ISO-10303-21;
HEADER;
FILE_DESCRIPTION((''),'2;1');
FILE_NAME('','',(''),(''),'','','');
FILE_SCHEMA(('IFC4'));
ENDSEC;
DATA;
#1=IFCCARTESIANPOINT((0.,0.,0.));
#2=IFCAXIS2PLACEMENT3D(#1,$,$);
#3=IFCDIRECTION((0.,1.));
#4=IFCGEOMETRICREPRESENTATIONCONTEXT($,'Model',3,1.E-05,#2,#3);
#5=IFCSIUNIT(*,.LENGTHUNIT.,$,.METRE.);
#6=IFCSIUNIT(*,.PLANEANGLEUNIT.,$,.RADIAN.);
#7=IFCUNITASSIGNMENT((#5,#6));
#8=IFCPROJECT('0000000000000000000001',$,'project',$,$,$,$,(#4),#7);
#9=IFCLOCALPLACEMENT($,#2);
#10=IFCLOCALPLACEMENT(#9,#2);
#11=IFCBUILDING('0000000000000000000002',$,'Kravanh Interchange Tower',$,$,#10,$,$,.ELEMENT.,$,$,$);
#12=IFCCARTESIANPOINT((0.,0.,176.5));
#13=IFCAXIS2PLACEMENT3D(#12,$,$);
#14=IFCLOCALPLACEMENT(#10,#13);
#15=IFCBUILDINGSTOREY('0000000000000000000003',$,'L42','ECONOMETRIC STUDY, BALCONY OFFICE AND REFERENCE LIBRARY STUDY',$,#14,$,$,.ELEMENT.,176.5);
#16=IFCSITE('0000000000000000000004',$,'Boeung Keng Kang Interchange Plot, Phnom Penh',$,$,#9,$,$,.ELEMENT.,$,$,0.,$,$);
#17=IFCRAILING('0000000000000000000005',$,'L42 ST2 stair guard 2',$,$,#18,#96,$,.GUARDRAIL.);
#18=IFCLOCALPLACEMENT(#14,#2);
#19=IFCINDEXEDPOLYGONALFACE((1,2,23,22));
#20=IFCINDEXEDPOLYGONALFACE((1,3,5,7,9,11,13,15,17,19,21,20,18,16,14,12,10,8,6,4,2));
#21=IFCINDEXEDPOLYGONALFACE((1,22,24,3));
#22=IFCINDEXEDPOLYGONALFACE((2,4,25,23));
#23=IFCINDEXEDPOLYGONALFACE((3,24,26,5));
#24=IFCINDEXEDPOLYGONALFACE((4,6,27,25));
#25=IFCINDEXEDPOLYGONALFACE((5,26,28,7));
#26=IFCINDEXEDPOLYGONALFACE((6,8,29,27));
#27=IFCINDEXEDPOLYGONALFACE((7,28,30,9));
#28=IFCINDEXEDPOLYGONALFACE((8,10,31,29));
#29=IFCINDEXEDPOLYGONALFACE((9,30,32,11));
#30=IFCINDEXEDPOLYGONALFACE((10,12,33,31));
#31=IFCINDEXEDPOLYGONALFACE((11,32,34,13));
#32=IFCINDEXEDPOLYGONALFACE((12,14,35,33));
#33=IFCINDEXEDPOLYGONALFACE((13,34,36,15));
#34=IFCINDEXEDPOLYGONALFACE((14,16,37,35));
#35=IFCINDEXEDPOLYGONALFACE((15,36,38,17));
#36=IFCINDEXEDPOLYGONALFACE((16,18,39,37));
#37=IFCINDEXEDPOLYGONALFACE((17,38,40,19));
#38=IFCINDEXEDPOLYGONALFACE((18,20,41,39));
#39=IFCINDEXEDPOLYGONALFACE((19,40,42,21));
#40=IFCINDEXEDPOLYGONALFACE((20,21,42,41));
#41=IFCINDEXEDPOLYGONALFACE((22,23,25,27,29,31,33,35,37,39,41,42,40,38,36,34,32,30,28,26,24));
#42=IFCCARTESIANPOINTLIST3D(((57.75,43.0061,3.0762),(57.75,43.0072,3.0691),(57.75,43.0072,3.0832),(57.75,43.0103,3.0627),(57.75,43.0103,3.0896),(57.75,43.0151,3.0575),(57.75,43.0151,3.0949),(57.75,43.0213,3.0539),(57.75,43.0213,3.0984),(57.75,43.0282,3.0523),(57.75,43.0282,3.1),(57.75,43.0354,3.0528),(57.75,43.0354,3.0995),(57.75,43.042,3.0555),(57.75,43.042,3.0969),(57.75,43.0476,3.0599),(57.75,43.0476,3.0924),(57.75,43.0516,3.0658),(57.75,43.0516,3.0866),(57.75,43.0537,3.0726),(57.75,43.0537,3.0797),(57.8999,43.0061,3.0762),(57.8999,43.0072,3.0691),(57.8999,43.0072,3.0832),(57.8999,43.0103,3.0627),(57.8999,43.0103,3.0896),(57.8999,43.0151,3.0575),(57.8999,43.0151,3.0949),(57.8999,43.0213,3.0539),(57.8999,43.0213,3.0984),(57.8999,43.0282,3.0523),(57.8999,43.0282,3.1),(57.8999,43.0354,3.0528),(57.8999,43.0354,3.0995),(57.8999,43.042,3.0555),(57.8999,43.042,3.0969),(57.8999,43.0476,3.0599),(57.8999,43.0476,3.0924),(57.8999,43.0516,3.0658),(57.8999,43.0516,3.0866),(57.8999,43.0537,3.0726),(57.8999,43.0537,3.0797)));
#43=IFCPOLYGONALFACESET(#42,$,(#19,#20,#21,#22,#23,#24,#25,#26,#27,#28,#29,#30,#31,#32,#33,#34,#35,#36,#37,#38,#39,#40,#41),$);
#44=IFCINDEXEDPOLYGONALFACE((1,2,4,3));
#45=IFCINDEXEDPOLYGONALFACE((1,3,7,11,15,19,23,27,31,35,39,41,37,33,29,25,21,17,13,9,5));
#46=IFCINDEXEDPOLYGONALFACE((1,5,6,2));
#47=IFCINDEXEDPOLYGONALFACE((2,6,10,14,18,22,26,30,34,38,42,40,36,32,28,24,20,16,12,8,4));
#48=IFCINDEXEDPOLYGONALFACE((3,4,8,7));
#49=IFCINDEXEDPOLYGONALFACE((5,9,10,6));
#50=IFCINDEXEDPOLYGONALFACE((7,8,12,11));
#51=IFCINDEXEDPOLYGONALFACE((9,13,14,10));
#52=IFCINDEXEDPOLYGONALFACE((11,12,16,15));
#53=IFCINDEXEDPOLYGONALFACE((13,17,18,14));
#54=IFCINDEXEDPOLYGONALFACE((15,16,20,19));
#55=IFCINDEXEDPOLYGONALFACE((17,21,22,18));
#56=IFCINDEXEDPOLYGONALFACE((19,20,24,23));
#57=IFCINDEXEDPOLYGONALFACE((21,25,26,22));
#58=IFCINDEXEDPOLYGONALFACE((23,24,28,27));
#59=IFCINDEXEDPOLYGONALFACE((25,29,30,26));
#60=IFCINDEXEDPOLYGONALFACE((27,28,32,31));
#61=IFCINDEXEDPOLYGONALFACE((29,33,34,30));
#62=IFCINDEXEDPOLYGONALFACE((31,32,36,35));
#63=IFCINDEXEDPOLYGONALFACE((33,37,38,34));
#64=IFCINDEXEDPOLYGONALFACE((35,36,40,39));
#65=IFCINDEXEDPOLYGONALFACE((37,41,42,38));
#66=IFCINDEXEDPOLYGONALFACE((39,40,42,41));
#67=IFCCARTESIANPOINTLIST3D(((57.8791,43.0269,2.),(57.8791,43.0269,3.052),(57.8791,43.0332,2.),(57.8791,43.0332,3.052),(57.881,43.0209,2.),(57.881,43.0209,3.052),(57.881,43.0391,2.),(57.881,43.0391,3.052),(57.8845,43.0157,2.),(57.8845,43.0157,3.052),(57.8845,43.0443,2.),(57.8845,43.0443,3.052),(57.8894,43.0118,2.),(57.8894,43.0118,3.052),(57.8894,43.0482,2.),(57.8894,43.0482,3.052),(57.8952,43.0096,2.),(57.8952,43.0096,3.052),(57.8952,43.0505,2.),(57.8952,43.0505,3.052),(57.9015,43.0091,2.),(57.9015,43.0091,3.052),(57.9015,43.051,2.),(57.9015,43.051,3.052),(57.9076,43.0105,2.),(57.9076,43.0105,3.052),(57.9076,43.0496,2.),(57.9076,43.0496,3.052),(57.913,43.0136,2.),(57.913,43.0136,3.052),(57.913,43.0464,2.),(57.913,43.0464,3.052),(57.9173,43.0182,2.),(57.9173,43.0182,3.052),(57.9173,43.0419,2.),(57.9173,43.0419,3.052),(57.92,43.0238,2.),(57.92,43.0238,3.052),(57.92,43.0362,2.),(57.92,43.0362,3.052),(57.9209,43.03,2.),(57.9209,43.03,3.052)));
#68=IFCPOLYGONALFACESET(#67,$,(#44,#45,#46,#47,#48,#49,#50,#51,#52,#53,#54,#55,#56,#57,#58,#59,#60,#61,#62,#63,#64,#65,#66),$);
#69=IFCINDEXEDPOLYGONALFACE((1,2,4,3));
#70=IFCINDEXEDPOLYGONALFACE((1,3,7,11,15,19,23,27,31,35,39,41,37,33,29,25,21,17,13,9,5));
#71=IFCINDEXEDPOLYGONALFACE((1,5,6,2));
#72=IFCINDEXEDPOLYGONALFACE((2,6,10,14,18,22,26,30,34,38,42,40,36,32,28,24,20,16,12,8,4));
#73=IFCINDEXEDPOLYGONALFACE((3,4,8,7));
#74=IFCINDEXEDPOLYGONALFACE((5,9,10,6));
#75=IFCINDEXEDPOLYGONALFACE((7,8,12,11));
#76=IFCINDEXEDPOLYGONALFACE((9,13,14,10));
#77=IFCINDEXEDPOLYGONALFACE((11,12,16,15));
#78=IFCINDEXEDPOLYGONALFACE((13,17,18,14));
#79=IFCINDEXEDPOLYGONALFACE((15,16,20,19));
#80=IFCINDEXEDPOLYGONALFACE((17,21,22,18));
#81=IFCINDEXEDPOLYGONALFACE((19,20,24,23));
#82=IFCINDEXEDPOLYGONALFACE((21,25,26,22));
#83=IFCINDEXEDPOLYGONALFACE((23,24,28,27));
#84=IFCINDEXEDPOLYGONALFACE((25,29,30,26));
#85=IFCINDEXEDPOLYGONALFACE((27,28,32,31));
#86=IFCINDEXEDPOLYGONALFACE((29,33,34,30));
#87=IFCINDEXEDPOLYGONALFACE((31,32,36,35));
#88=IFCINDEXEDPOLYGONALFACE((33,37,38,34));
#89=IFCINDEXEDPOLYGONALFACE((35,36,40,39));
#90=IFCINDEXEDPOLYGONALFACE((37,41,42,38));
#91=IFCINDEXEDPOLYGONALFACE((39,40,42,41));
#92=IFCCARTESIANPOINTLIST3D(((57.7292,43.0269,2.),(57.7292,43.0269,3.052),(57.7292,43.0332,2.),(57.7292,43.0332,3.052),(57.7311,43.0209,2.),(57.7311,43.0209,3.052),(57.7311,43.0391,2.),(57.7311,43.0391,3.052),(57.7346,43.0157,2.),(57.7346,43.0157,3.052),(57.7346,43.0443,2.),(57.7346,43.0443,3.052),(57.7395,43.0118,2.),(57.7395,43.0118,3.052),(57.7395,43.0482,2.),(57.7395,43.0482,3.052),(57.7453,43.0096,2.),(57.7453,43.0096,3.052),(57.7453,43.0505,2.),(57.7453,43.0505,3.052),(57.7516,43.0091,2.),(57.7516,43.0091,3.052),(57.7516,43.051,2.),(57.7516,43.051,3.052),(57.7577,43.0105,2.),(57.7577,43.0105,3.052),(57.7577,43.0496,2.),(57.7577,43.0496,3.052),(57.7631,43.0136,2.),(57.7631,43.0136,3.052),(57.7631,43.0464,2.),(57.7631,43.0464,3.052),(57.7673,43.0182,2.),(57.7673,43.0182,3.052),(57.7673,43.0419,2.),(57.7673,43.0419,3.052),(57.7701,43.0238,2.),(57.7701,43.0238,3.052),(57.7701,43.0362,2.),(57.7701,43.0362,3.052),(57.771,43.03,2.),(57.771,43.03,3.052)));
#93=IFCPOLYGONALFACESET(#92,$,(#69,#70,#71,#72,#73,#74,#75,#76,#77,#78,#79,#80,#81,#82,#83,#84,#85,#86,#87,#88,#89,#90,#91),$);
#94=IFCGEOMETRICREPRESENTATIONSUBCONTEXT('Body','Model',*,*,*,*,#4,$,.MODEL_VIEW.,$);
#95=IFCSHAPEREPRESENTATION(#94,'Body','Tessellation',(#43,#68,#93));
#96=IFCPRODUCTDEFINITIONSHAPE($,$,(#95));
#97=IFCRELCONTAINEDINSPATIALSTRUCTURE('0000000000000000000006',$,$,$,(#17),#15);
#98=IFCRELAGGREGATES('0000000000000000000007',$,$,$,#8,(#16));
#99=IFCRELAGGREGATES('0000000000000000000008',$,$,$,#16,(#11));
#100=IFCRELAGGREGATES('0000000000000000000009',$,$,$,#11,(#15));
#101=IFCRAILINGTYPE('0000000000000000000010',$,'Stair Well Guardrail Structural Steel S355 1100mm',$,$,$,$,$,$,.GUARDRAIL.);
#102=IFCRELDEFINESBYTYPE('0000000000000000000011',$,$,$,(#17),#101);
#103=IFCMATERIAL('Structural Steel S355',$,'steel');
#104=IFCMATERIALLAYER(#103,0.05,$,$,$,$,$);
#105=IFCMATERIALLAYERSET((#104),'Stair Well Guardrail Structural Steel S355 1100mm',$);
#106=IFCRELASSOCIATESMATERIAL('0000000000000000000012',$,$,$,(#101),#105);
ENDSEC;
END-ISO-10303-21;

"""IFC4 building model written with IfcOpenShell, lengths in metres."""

from ifc_helpers import new_model, si_unit, direction, frame, origin, origin_2d, place, context, subcontext, project, spatial, circle, extrude, material, layer, layer_set, type_object, element, save


model = new_model("IFC4")

# Units and contexts
model_context = context("Model", 3, precision=1e-05, world=origin(), true_north=direction((0.0, 1.0)))
body_context = subcontext(model_context, "Body", "Model", "MODEL_VIEW")
ifc_project = project(units=[si_unit("LENGTHUNIT", "METRE"), si_unit("PLANEANGLEUNIT", "RADIAN")], contexts=[model_context])

# Site, building, storey
site_placement = place(None, origin())
site = spatial("IfcSite", under=ifc_project, at=site_placement, Name="Boeung Keng Kang Interchange Plot, Phnom Penh", CompositionType="ELEMENT", RefElevation=0.0)
building_placement = place(site_placement, origin())
building = spatial("IfcBuilding", under=site, at=building_placement, Name="Kravanh Interchange Tower", CompositionType="ELEMENT")
storey_placement = place(building_placement, frame((0.0, 0.0, 176.5)))
storey = spatial("IfcBuildingStorey", under=building, at=storey_placement, Name="L42", Description="ECONOMETRIC STUDY, BALCONY OFFICE AND REFERENCE LIBRARY STUDY", CompositionType="ELEMENT", Elevation=176.5)

# Railing
ifc_material_1 = material(Name="Structural Steel S355", Category="steel")
ifc_layer_1 = layer(ifc_material_1, 0.05)
ifc_layer_set_1 = layer_set([ifc_layer_1], Name="Stair Well Guardrail Structural Steel S355 1100mm")
railing_type_1 = type_object("IfcRailingType", Name="Stair Well Guardrail Structural Steel S355 1100mm", PredefinedType="GUARDRAIL", material=ifc_layer_set_1)
railing_1_placement = place(storey_placement, frame((57.8999, 43.03, 2.0)))
element("IfcRailing", 1, at=railing_1_placement, inside=storey, type_object=railing_type_1, Name="L42 ST2 stair guard 2", PredefinedType="GUARDRAIL", context=body_context, shape_type="SweptSolid", body=[
    extrude(circle(Radius=0.0239, at=origin_2d()), frame((0.0, 0.0, 1.0762), z_axis=(-1.0, 0.0, 0.0), x_axis=(0.0, -1.0, 0.0)), (0.0, 0.0, 1.0), 0.1499),
    extrude(circle(Radius=0.021, at=origin_2d()), origin(), (0.0, 0.0, 1.0), 1.052),
    extrude(circle(Radius=0.021, at=origin_2d()), frame((-0.1499, 0.0, 0.0)), (0.0, 0.0, 1.0), 1.052),
])

save(model, "model.ifc")
